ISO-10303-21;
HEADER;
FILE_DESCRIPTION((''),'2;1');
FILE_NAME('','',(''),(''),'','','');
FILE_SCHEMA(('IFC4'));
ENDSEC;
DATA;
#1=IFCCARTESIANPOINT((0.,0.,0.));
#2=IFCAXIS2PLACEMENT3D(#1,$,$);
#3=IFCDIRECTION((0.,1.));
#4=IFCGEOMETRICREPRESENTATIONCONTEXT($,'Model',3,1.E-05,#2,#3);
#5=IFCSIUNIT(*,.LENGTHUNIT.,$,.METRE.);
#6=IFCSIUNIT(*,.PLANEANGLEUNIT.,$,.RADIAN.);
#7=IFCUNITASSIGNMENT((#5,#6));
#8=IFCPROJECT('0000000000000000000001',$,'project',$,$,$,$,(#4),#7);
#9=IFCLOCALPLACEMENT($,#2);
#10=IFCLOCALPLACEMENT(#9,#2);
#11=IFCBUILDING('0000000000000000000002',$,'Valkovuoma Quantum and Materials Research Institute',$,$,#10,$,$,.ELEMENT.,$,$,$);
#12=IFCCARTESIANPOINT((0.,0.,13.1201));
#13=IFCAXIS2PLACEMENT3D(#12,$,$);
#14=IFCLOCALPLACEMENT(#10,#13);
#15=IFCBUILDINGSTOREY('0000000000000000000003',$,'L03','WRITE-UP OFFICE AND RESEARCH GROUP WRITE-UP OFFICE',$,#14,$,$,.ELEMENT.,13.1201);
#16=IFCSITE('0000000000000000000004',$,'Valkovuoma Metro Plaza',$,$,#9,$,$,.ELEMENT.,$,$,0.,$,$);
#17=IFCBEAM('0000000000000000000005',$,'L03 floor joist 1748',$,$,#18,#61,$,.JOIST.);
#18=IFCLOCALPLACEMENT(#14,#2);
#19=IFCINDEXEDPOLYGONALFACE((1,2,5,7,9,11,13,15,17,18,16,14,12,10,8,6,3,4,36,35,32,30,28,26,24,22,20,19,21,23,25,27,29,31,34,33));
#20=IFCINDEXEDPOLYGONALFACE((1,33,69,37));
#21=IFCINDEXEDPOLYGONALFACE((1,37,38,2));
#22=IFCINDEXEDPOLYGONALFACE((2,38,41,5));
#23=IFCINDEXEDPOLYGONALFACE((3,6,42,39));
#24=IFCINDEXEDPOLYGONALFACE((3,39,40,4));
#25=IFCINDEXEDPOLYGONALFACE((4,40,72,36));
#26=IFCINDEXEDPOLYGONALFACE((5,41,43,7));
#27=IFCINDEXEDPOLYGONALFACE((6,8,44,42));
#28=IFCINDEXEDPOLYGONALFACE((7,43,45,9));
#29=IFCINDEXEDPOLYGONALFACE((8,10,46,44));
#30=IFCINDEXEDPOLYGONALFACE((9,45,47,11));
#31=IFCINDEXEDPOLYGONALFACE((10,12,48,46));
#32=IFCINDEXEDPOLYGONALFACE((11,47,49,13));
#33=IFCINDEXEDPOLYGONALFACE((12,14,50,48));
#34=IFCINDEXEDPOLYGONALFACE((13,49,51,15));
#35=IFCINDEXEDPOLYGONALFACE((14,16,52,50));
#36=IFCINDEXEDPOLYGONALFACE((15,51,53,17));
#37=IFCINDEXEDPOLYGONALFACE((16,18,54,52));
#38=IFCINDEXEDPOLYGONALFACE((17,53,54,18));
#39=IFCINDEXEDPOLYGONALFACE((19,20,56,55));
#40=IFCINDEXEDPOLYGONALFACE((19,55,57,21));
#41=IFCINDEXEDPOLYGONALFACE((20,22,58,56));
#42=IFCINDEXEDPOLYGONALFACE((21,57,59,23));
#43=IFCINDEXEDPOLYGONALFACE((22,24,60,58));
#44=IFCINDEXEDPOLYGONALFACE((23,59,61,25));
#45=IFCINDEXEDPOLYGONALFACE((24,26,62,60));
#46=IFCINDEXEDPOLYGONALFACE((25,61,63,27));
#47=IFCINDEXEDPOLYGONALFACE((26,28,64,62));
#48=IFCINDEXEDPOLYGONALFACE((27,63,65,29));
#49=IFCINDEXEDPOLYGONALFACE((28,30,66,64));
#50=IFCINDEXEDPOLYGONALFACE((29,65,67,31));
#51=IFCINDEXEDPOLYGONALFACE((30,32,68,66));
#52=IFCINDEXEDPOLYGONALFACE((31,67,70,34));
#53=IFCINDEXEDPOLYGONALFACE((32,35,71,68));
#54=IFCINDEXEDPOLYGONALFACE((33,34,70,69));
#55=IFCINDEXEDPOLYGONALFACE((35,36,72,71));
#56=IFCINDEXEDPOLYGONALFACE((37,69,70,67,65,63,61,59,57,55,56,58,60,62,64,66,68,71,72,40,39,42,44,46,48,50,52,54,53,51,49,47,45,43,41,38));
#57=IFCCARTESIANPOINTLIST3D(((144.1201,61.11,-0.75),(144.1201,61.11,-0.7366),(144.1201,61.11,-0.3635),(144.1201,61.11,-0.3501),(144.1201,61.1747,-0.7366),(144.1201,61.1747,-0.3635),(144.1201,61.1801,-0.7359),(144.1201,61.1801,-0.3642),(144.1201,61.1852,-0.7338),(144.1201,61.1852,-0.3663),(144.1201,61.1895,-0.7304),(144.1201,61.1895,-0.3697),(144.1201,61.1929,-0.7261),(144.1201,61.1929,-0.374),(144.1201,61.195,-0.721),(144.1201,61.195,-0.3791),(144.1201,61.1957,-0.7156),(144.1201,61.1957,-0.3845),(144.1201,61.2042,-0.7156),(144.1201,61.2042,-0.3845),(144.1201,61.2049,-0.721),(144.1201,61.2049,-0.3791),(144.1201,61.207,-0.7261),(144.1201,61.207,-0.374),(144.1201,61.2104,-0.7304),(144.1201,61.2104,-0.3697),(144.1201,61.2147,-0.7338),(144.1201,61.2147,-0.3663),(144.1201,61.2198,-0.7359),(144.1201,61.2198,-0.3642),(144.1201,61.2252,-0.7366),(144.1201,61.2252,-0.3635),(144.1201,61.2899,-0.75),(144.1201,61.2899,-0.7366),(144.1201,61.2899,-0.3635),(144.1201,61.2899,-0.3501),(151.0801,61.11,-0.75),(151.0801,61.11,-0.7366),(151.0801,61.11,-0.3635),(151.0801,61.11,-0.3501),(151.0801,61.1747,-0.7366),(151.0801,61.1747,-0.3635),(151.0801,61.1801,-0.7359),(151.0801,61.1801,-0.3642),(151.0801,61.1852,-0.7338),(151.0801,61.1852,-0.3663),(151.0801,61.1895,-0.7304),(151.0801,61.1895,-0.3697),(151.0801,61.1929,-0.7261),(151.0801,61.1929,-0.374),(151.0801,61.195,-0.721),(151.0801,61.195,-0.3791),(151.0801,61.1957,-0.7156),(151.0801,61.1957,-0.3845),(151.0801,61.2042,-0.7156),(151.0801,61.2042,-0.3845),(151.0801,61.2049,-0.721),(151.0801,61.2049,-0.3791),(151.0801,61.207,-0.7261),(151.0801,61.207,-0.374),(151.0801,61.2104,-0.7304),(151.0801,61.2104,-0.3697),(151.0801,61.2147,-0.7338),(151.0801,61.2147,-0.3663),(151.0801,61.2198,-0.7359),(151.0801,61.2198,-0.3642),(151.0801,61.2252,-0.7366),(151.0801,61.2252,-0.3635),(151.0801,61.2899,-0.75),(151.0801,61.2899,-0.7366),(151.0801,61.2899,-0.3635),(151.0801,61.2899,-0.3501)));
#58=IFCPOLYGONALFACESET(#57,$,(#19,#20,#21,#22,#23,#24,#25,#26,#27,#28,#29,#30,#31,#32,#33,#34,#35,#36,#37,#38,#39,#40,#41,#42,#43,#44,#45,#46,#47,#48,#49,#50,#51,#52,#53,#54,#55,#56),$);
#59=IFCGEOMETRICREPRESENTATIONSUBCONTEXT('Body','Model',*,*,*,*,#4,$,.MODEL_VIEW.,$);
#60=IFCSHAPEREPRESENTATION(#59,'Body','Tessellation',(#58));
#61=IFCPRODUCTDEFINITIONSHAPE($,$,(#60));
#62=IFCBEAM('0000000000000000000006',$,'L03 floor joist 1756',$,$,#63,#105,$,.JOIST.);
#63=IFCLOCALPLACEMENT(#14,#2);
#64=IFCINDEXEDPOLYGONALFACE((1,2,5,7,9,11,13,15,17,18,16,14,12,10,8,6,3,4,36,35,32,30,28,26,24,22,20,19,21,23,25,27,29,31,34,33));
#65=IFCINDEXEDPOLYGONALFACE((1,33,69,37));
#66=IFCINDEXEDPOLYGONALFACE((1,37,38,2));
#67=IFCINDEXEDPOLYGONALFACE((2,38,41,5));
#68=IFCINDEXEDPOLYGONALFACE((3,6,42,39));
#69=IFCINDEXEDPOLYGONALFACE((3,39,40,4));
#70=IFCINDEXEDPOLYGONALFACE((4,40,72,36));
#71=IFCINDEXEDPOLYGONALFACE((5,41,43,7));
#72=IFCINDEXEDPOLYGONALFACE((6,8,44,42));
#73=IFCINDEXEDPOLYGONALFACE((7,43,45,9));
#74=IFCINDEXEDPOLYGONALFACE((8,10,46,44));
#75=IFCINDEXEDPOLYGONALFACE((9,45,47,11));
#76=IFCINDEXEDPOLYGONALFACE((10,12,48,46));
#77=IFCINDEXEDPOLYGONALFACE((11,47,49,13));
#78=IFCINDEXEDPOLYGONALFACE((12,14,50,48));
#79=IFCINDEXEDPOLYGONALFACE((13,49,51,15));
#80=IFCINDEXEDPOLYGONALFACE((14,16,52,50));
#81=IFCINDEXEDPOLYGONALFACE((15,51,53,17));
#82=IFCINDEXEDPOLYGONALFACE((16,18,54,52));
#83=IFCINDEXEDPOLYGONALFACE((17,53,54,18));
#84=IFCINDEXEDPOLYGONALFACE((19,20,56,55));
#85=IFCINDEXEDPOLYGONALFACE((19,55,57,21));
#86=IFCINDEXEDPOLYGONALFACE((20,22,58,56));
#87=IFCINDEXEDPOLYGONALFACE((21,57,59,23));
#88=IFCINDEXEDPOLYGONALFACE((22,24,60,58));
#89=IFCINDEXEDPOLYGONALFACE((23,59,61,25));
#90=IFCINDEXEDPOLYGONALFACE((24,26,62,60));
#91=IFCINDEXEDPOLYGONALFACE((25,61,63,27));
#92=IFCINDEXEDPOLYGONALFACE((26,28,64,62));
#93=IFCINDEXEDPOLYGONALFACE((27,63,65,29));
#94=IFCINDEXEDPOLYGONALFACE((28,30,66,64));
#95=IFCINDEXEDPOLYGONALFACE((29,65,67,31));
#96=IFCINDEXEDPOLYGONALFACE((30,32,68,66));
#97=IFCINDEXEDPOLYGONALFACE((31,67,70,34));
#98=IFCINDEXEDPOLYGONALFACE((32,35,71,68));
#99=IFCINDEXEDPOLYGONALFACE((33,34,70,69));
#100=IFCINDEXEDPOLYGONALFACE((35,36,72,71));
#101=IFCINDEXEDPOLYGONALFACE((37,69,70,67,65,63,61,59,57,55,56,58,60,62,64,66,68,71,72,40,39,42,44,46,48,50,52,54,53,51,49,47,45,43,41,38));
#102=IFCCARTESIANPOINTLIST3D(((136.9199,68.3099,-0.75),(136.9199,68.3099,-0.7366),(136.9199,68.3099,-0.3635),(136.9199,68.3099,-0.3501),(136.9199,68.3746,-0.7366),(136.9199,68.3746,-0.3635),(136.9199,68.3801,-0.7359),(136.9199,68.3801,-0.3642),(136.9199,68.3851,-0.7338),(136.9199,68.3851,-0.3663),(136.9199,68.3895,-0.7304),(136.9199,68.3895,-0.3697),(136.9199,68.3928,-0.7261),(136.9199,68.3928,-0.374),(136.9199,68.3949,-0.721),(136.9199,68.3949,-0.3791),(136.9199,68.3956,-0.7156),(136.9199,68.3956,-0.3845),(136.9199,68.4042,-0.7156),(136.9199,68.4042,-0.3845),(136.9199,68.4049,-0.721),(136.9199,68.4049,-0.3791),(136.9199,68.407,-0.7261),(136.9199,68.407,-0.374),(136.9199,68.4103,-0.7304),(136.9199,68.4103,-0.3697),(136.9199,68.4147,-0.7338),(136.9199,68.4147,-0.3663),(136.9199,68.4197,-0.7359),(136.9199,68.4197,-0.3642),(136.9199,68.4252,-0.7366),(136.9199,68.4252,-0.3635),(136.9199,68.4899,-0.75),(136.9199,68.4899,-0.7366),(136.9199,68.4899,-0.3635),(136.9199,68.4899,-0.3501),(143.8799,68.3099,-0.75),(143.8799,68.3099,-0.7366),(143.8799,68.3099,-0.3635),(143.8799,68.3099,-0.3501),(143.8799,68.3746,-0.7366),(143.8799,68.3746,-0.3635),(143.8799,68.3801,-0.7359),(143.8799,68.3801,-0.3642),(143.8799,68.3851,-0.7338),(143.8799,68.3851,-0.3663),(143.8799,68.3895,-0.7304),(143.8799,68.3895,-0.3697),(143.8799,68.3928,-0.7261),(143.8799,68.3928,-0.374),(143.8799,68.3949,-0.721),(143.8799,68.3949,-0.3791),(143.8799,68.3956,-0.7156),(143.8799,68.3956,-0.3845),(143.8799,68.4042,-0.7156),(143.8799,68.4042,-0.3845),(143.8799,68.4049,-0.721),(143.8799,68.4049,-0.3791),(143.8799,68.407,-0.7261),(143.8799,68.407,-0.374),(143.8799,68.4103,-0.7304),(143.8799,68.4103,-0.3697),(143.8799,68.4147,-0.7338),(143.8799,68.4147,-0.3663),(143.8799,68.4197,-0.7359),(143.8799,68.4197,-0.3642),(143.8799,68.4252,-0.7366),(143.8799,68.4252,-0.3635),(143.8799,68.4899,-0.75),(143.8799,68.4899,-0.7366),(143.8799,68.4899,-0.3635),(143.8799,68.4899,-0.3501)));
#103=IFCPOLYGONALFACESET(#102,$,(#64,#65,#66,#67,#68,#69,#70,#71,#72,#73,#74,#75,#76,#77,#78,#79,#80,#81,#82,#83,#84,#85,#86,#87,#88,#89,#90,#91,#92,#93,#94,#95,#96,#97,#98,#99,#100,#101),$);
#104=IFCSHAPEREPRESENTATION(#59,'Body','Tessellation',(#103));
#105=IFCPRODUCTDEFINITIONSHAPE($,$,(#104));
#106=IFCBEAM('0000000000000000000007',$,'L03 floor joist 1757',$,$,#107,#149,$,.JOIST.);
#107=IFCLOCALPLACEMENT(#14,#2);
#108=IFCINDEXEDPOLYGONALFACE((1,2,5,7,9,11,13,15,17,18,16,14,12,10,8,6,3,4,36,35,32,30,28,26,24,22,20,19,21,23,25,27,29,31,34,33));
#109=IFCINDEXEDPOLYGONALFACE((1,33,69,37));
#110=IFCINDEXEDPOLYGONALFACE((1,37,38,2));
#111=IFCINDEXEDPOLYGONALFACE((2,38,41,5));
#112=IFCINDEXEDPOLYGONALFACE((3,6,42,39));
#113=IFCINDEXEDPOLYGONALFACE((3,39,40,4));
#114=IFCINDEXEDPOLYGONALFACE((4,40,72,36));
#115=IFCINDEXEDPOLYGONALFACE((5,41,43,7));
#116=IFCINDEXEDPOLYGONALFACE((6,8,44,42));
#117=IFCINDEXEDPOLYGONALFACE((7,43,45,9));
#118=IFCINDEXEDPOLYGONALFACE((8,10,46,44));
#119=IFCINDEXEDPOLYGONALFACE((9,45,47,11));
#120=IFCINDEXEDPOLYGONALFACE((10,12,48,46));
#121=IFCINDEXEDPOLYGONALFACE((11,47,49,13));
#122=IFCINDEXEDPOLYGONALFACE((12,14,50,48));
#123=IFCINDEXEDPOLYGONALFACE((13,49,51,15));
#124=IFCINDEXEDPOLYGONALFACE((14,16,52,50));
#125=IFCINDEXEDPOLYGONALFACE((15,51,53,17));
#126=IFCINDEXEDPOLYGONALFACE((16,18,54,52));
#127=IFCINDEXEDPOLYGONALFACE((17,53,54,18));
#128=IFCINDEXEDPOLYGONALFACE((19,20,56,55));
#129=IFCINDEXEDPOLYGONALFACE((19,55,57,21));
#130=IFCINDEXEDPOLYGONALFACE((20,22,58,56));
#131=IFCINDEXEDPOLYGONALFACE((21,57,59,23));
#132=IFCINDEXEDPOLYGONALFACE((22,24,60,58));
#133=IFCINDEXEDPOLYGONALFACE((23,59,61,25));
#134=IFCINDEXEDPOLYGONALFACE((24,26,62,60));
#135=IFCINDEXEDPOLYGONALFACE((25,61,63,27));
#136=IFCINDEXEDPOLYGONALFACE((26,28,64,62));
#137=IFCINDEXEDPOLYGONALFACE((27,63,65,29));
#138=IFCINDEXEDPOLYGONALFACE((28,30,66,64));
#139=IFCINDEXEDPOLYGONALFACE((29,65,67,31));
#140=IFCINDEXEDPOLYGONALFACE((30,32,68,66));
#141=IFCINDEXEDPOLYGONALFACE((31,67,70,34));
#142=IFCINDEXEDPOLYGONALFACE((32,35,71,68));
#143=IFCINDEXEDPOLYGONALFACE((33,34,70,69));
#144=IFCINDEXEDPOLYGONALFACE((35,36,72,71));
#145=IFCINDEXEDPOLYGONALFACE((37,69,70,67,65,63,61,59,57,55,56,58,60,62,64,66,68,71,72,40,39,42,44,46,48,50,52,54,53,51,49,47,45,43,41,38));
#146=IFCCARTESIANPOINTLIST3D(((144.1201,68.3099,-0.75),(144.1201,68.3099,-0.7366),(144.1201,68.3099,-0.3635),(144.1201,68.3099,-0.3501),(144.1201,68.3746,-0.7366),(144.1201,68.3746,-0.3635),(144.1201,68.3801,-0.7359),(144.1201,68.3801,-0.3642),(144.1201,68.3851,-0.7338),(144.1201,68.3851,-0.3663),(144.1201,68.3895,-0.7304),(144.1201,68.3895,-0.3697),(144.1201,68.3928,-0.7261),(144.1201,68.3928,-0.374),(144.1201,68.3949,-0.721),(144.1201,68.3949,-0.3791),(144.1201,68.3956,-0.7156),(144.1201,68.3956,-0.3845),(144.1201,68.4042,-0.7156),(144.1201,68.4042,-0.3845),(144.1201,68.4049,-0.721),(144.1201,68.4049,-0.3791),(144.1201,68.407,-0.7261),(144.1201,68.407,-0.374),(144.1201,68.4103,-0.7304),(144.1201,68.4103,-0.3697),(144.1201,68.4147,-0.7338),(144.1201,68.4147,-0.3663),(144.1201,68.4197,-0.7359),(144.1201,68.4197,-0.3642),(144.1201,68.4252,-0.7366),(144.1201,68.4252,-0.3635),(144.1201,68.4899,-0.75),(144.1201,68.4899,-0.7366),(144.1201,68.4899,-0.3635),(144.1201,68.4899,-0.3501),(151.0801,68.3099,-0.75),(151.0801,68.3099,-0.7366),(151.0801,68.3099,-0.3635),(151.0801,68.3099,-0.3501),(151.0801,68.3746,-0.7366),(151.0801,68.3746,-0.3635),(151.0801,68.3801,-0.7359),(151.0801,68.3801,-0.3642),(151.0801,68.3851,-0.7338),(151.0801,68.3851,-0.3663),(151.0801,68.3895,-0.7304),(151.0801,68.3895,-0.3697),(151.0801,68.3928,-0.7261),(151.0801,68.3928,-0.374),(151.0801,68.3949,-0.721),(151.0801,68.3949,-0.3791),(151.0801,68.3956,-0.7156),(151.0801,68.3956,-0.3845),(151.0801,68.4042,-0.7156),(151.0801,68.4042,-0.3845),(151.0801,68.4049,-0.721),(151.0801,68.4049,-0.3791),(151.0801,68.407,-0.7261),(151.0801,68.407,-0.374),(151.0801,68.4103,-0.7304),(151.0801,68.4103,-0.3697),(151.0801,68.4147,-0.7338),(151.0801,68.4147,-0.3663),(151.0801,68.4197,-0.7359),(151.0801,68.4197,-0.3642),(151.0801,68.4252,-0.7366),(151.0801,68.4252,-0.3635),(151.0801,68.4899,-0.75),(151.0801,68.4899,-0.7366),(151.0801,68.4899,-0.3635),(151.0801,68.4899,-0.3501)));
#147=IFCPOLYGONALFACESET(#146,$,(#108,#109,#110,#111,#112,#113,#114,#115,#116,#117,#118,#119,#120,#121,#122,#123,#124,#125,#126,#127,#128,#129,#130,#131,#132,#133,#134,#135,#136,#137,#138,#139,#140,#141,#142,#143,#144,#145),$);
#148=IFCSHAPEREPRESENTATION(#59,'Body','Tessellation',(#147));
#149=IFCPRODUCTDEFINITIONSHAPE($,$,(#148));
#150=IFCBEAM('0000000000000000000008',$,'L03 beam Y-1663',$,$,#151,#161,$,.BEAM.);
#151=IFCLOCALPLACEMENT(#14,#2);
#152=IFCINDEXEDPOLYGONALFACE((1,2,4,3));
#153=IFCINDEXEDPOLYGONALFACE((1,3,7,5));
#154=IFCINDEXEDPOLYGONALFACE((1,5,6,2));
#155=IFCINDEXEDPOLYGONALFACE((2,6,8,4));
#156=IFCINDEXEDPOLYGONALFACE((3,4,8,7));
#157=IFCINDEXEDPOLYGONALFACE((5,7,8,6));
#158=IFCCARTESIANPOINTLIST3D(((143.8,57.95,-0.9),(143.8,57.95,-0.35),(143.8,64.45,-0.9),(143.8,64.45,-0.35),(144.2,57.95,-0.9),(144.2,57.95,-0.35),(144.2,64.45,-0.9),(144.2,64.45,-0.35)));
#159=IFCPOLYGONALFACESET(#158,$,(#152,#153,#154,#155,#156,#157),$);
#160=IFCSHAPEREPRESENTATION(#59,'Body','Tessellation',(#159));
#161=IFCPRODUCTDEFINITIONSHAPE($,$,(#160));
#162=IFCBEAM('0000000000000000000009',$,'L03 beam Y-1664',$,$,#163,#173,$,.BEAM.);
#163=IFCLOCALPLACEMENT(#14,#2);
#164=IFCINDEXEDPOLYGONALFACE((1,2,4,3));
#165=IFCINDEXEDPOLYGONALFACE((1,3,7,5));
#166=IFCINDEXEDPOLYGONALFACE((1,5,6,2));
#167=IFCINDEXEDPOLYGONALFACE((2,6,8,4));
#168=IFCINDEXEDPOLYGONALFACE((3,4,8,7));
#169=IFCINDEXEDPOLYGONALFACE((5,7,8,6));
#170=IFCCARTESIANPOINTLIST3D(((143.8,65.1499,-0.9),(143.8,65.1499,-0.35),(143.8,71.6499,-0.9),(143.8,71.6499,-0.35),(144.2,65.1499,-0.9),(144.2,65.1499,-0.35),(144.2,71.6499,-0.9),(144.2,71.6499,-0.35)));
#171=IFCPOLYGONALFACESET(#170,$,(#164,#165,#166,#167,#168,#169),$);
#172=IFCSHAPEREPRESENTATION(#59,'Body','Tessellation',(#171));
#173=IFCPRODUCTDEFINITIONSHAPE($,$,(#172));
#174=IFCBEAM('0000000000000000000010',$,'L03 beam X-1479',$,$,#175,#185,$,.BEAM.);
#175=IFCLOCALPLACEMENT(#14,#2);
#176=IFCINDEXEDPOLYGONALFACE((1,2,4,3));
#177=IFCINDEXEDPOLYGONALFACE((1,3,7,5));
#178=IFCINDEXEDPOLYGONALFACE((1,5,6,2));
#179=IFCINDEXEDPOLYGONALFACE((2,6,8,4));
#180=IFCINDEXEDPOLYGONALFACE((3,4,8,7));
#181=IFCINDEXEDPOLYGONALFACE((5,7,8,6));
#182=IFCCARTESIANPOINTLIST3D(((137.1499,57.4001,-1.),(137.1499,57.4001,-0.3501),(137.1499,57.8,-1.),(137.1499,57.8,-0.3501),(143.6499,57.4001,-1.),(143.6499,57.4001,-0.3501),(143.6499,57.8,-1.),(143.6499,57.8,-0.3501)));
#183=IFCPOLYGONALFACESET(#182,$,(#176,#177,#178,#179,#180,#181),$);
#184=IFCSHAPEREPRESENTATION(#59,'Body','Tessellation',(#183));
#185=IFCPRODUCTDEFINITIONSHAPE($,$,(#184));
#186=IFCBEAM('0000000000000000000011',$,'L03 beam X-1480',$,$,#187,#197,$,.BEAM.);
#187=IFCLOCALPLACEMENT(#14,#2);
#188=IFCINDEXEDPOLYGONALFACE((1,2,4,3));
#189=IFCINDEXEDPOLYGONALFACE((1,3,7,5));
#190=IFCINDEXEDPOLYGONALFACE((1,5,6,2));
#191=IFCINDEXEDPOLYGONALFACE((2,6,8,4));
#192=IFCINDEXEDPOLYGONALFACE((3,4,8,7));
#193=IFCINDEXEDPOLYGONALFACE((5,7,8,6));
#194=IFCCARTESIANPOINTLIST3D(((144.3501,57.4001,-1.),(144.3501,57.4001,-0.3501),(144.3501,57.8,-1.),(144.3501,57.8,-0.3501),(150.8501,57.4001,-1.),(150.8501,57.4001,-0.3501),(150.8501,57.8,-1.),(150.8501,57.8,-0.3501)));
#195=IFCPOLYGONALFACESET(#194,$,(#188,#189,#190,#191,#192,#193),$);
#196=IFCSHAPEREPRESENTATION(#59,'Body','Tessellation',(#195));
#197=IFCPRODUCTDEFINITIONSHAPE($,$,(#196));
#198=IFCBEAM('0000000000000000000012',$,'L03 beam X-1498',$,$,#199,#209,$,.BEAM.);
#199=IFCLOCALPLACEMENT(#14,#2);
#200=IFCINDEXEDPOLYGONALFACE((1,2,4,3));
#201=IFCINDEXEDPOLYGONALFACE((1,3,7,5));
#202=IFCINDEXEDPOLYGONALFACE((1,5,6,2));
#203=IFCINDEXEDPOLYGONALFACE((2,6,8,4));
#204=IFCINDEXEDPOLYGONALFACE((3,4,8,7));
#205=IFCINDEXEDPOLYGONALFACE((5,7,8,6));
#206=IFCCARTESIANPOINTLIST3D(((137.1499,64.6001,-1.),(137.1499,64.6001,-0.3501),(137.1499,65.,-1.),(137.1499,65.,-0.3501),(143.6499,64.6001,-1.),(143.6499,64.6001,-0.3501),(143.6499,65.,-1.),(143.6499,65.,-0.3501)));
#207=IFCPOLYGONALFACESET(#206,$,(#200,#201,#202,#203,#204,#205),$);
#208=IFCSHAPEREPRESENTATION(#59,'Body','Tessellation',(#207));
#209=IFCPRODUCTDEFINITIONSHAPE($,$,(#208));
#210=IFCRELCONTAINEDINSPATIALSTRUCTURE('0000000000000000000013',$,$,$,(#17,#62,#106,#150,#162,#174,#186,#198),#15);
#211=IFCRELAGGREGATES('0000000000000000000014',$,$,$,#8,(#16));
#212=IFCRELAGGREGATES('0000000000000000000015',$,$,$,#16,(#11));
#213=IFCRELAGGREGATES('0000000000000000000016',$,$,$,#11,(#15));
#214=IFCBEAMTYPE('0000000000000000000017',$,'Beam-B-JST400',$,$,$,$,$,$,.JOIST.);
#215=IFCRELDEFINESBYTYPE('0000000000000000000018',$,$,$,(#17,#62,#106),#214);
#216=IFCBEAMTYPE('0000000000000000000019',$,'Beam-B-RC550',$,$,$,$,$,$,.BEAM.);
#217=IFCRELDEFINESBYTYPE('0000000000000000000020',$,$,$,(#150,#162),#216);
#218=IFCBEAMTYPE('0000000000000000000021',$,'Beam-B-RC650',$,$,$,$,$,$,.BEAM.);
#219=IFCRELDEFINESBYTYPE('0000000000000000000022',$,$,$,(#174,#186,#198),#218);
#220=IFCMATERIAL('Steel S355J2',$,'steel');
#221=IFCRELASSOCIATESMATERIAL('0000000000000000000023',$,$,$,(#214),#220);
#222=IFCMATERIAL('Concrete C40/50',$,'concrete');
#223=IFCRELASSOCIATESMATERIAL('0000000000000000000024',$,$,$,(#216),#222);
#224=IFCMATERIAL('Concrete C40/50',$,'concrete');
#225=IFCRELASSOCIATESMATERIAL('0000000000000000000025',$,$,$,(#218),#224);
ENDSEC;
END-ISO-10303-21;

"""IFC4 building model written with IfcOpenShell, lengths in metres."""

from ifc_helpers import new_model, si_unit, direction, frame, origin, origin_2d, place, context, subcontext, project, spatial, rectangle, i_section, extrude, material, material_profile, profile_set, type_object, element, save


model = new_model("IFC4")

# Units and contexts
model_context = context("Model", 3, precision=1e-05, world=origin(), true_north=direction((0.0, 1.0)))
body_context = subcontext(model_context, "Body", "Model", "MODEL_VIEW")
ifc_project = project(units=[si_unit("LENGTHUNIT", "METRE"), si_unit("PLANEANGLEUNIT", "RADIAN")], contexts=[model_context])

# Site, building, storey
site_placement = place(None, origin())
site = spatial("IfcSite", under=ifc_project, at=site_placement, Name="Valkovuoma Metro Plaza", CompositionType="ELEMENT", RefElevation=0.0)
building_placement = place(site_placement, origin())
building = spatial("IfcBuilding", under=site, at=building_placement, Name="Valkovuoma Quantum and Materials Research Institute", CompositionType="ELEMENT")
storey_placement = place(building_placement, frame((0.0, 0.0, 13.1201)))
storey = spatial("IfcBuildingStorey", under=building, at=storey_placement, Name="L03", Description="WRITE-UP OFFICE AND RESEARCH GROUP WRITE-UP OFFICE", CompositionType="ELEMENT", Elevation=13.1201)

# Beams
ifc_material_1 = material(Name="Steel S355J2", Category="steel")
ifc_material_profile_1 = material_profile(ifc_material_1, i_section(OverallWidth=0.1799, OverallDepth=0.3999, WebThickness=0.0085, FlangeThickness=0.0134, FilletRadius=0.021, at=origin_2d()), Name="Steel S355J2")
ifc_profile_set_1 = profile_set([ifc_material_profile_1], Name="Steel S355J2")
beam_type_1 = type_object("IfcBeamType", Name="Beam-B-JST400", PredefinedType="JOIST", material=ifc_profile_set_1)
for number, where, z_axis, x_axis, name in (
    (1, (144.1201, 61.2, -0.55), (1.0, 0.0, 0.0), (0.0, 1.0, 0.0), "L03 floor joist 1748"),
    (2, (136.9199, 68.3999, -0.55), (1.0, 0.0, 0.0), (0.0, 1.0, 0.0), "L03 floor joist 1756"),
    (3, (144.1201, 68.3999, -0.55), (1.0, 0.0, 0.0), (0.0, 1.0, 0.0), "L03 floor joist 1757"),
):
    element("IfcBeam", number, at=place(storey_placement, frame(where, z_axis=z_axis, x_axis=x_axis)), inside=storey, type_object=beam_type_1, Name=name, PredefinedType="JOIST", context=body_context, shape_type="SweptSolid", body=[
        extrude(i_section(OverallWidth=0.1799, OverallDepth=0.3999, WebThickness=0.0085, FlangeThickness=0.0134, FilletRadius=0.021, at=origin_2d()), origin(), (0.0, 0.0, 1.0), 6.96),
    ])
ifc_material_2 = material(Name="Concrete C40/50", Category="concrete")
ifc_material_profile_2 = material_profile(ifc_material_2, rectangle(XDim=0.3999, YDim=0.55, at=origin_2d()), Name="Concrete C40/50")
ifc_profile_set_2 = profile_set([ifc_material_profile_2], Name="Concrete C40/50")
beam_type_2 = type_object("IfcBeamType", Name="Beam-B-RC550", PredefinedType="BEAM", material=ifc_profile_set_2)
for number, where, z_axis, x_axis, name in (
    (4, (144.0, 57.95, -0.625), (0.0, 1.0, 0.0), (-1.0, 0.0, 0.0), "L03 beam Y-1663"),
    (5, (144.0, 65.1499, -0.625), (0.0, 1.0, 0.0), (-1.0, 0.0, 0.0), "L03 beam Y-1664"),
):
    element("IfcBeam", number, at=place(storey_placement, frame(where, z_axis=z_axis, x_axis=x_axis)), inside=storey, type_object=beam_type_2, Name=name, PredefinedType="BEAM", context=body_context, shape_type="SweptSolid", body=[
        extrude(rectangle(XDim=0.3999, YDim=0.55, at=origin_2d()), origin(), (0.0, 0.0, 1.0), 6.5),
    ])
ifc_material_3 = material(Name="Concrete C40/50", Category="concrete")
ifc_material_profile_3 = material_profile(ifc_material_3, rectangle(XDim=0.3999, YDim=0.6499, at=origin_2d()), Name="Concrete C40/50")
ifc_profile_set_3 = profile_set([ifc_material_profile_3], Name="Concrete C40/50")
beam_type_3 = type_object("IfcBeamType", Name="Beam-B-RC650", PredefinedType="BEAM", material=ifc_profile_set_3)
for number, where, z_axis, x_axis, name in (
    (6, (137.1499, 57.6001, -0.675), (1.0, 0.0, 0.0), (0.0, 1.0, 0.0), "L03 beam X-1479"),
    (7, (144.3501, 57.6001, -0.675), (1.0, 0.0, 0.0), (0.0, 1.0, 0.0), "L03 beam X-1480"),
    (8, (137.1499, 64.8, -0.675), (1.0, 0.0, 0.0), (0.0, 1.0, 0.0), "L03 beam X-1498"),
):
    element("IfcBeam", number, at=place(storey_placement, frame(where, z_axis=z_axis, x_axis=x_axis)), inside=storey, type_object=beam_type_3, Name=name, PredefinedType="BEAM", context=body_context, shape_type="SweptSolid", body=[
        extrude(rectangle(XDim=0.3999, YDim=0.6499, at=origin_2d()), origin(), (0.0, 0.0, 1.0), 6.5),
    ])

save(model, "model.ifc")
